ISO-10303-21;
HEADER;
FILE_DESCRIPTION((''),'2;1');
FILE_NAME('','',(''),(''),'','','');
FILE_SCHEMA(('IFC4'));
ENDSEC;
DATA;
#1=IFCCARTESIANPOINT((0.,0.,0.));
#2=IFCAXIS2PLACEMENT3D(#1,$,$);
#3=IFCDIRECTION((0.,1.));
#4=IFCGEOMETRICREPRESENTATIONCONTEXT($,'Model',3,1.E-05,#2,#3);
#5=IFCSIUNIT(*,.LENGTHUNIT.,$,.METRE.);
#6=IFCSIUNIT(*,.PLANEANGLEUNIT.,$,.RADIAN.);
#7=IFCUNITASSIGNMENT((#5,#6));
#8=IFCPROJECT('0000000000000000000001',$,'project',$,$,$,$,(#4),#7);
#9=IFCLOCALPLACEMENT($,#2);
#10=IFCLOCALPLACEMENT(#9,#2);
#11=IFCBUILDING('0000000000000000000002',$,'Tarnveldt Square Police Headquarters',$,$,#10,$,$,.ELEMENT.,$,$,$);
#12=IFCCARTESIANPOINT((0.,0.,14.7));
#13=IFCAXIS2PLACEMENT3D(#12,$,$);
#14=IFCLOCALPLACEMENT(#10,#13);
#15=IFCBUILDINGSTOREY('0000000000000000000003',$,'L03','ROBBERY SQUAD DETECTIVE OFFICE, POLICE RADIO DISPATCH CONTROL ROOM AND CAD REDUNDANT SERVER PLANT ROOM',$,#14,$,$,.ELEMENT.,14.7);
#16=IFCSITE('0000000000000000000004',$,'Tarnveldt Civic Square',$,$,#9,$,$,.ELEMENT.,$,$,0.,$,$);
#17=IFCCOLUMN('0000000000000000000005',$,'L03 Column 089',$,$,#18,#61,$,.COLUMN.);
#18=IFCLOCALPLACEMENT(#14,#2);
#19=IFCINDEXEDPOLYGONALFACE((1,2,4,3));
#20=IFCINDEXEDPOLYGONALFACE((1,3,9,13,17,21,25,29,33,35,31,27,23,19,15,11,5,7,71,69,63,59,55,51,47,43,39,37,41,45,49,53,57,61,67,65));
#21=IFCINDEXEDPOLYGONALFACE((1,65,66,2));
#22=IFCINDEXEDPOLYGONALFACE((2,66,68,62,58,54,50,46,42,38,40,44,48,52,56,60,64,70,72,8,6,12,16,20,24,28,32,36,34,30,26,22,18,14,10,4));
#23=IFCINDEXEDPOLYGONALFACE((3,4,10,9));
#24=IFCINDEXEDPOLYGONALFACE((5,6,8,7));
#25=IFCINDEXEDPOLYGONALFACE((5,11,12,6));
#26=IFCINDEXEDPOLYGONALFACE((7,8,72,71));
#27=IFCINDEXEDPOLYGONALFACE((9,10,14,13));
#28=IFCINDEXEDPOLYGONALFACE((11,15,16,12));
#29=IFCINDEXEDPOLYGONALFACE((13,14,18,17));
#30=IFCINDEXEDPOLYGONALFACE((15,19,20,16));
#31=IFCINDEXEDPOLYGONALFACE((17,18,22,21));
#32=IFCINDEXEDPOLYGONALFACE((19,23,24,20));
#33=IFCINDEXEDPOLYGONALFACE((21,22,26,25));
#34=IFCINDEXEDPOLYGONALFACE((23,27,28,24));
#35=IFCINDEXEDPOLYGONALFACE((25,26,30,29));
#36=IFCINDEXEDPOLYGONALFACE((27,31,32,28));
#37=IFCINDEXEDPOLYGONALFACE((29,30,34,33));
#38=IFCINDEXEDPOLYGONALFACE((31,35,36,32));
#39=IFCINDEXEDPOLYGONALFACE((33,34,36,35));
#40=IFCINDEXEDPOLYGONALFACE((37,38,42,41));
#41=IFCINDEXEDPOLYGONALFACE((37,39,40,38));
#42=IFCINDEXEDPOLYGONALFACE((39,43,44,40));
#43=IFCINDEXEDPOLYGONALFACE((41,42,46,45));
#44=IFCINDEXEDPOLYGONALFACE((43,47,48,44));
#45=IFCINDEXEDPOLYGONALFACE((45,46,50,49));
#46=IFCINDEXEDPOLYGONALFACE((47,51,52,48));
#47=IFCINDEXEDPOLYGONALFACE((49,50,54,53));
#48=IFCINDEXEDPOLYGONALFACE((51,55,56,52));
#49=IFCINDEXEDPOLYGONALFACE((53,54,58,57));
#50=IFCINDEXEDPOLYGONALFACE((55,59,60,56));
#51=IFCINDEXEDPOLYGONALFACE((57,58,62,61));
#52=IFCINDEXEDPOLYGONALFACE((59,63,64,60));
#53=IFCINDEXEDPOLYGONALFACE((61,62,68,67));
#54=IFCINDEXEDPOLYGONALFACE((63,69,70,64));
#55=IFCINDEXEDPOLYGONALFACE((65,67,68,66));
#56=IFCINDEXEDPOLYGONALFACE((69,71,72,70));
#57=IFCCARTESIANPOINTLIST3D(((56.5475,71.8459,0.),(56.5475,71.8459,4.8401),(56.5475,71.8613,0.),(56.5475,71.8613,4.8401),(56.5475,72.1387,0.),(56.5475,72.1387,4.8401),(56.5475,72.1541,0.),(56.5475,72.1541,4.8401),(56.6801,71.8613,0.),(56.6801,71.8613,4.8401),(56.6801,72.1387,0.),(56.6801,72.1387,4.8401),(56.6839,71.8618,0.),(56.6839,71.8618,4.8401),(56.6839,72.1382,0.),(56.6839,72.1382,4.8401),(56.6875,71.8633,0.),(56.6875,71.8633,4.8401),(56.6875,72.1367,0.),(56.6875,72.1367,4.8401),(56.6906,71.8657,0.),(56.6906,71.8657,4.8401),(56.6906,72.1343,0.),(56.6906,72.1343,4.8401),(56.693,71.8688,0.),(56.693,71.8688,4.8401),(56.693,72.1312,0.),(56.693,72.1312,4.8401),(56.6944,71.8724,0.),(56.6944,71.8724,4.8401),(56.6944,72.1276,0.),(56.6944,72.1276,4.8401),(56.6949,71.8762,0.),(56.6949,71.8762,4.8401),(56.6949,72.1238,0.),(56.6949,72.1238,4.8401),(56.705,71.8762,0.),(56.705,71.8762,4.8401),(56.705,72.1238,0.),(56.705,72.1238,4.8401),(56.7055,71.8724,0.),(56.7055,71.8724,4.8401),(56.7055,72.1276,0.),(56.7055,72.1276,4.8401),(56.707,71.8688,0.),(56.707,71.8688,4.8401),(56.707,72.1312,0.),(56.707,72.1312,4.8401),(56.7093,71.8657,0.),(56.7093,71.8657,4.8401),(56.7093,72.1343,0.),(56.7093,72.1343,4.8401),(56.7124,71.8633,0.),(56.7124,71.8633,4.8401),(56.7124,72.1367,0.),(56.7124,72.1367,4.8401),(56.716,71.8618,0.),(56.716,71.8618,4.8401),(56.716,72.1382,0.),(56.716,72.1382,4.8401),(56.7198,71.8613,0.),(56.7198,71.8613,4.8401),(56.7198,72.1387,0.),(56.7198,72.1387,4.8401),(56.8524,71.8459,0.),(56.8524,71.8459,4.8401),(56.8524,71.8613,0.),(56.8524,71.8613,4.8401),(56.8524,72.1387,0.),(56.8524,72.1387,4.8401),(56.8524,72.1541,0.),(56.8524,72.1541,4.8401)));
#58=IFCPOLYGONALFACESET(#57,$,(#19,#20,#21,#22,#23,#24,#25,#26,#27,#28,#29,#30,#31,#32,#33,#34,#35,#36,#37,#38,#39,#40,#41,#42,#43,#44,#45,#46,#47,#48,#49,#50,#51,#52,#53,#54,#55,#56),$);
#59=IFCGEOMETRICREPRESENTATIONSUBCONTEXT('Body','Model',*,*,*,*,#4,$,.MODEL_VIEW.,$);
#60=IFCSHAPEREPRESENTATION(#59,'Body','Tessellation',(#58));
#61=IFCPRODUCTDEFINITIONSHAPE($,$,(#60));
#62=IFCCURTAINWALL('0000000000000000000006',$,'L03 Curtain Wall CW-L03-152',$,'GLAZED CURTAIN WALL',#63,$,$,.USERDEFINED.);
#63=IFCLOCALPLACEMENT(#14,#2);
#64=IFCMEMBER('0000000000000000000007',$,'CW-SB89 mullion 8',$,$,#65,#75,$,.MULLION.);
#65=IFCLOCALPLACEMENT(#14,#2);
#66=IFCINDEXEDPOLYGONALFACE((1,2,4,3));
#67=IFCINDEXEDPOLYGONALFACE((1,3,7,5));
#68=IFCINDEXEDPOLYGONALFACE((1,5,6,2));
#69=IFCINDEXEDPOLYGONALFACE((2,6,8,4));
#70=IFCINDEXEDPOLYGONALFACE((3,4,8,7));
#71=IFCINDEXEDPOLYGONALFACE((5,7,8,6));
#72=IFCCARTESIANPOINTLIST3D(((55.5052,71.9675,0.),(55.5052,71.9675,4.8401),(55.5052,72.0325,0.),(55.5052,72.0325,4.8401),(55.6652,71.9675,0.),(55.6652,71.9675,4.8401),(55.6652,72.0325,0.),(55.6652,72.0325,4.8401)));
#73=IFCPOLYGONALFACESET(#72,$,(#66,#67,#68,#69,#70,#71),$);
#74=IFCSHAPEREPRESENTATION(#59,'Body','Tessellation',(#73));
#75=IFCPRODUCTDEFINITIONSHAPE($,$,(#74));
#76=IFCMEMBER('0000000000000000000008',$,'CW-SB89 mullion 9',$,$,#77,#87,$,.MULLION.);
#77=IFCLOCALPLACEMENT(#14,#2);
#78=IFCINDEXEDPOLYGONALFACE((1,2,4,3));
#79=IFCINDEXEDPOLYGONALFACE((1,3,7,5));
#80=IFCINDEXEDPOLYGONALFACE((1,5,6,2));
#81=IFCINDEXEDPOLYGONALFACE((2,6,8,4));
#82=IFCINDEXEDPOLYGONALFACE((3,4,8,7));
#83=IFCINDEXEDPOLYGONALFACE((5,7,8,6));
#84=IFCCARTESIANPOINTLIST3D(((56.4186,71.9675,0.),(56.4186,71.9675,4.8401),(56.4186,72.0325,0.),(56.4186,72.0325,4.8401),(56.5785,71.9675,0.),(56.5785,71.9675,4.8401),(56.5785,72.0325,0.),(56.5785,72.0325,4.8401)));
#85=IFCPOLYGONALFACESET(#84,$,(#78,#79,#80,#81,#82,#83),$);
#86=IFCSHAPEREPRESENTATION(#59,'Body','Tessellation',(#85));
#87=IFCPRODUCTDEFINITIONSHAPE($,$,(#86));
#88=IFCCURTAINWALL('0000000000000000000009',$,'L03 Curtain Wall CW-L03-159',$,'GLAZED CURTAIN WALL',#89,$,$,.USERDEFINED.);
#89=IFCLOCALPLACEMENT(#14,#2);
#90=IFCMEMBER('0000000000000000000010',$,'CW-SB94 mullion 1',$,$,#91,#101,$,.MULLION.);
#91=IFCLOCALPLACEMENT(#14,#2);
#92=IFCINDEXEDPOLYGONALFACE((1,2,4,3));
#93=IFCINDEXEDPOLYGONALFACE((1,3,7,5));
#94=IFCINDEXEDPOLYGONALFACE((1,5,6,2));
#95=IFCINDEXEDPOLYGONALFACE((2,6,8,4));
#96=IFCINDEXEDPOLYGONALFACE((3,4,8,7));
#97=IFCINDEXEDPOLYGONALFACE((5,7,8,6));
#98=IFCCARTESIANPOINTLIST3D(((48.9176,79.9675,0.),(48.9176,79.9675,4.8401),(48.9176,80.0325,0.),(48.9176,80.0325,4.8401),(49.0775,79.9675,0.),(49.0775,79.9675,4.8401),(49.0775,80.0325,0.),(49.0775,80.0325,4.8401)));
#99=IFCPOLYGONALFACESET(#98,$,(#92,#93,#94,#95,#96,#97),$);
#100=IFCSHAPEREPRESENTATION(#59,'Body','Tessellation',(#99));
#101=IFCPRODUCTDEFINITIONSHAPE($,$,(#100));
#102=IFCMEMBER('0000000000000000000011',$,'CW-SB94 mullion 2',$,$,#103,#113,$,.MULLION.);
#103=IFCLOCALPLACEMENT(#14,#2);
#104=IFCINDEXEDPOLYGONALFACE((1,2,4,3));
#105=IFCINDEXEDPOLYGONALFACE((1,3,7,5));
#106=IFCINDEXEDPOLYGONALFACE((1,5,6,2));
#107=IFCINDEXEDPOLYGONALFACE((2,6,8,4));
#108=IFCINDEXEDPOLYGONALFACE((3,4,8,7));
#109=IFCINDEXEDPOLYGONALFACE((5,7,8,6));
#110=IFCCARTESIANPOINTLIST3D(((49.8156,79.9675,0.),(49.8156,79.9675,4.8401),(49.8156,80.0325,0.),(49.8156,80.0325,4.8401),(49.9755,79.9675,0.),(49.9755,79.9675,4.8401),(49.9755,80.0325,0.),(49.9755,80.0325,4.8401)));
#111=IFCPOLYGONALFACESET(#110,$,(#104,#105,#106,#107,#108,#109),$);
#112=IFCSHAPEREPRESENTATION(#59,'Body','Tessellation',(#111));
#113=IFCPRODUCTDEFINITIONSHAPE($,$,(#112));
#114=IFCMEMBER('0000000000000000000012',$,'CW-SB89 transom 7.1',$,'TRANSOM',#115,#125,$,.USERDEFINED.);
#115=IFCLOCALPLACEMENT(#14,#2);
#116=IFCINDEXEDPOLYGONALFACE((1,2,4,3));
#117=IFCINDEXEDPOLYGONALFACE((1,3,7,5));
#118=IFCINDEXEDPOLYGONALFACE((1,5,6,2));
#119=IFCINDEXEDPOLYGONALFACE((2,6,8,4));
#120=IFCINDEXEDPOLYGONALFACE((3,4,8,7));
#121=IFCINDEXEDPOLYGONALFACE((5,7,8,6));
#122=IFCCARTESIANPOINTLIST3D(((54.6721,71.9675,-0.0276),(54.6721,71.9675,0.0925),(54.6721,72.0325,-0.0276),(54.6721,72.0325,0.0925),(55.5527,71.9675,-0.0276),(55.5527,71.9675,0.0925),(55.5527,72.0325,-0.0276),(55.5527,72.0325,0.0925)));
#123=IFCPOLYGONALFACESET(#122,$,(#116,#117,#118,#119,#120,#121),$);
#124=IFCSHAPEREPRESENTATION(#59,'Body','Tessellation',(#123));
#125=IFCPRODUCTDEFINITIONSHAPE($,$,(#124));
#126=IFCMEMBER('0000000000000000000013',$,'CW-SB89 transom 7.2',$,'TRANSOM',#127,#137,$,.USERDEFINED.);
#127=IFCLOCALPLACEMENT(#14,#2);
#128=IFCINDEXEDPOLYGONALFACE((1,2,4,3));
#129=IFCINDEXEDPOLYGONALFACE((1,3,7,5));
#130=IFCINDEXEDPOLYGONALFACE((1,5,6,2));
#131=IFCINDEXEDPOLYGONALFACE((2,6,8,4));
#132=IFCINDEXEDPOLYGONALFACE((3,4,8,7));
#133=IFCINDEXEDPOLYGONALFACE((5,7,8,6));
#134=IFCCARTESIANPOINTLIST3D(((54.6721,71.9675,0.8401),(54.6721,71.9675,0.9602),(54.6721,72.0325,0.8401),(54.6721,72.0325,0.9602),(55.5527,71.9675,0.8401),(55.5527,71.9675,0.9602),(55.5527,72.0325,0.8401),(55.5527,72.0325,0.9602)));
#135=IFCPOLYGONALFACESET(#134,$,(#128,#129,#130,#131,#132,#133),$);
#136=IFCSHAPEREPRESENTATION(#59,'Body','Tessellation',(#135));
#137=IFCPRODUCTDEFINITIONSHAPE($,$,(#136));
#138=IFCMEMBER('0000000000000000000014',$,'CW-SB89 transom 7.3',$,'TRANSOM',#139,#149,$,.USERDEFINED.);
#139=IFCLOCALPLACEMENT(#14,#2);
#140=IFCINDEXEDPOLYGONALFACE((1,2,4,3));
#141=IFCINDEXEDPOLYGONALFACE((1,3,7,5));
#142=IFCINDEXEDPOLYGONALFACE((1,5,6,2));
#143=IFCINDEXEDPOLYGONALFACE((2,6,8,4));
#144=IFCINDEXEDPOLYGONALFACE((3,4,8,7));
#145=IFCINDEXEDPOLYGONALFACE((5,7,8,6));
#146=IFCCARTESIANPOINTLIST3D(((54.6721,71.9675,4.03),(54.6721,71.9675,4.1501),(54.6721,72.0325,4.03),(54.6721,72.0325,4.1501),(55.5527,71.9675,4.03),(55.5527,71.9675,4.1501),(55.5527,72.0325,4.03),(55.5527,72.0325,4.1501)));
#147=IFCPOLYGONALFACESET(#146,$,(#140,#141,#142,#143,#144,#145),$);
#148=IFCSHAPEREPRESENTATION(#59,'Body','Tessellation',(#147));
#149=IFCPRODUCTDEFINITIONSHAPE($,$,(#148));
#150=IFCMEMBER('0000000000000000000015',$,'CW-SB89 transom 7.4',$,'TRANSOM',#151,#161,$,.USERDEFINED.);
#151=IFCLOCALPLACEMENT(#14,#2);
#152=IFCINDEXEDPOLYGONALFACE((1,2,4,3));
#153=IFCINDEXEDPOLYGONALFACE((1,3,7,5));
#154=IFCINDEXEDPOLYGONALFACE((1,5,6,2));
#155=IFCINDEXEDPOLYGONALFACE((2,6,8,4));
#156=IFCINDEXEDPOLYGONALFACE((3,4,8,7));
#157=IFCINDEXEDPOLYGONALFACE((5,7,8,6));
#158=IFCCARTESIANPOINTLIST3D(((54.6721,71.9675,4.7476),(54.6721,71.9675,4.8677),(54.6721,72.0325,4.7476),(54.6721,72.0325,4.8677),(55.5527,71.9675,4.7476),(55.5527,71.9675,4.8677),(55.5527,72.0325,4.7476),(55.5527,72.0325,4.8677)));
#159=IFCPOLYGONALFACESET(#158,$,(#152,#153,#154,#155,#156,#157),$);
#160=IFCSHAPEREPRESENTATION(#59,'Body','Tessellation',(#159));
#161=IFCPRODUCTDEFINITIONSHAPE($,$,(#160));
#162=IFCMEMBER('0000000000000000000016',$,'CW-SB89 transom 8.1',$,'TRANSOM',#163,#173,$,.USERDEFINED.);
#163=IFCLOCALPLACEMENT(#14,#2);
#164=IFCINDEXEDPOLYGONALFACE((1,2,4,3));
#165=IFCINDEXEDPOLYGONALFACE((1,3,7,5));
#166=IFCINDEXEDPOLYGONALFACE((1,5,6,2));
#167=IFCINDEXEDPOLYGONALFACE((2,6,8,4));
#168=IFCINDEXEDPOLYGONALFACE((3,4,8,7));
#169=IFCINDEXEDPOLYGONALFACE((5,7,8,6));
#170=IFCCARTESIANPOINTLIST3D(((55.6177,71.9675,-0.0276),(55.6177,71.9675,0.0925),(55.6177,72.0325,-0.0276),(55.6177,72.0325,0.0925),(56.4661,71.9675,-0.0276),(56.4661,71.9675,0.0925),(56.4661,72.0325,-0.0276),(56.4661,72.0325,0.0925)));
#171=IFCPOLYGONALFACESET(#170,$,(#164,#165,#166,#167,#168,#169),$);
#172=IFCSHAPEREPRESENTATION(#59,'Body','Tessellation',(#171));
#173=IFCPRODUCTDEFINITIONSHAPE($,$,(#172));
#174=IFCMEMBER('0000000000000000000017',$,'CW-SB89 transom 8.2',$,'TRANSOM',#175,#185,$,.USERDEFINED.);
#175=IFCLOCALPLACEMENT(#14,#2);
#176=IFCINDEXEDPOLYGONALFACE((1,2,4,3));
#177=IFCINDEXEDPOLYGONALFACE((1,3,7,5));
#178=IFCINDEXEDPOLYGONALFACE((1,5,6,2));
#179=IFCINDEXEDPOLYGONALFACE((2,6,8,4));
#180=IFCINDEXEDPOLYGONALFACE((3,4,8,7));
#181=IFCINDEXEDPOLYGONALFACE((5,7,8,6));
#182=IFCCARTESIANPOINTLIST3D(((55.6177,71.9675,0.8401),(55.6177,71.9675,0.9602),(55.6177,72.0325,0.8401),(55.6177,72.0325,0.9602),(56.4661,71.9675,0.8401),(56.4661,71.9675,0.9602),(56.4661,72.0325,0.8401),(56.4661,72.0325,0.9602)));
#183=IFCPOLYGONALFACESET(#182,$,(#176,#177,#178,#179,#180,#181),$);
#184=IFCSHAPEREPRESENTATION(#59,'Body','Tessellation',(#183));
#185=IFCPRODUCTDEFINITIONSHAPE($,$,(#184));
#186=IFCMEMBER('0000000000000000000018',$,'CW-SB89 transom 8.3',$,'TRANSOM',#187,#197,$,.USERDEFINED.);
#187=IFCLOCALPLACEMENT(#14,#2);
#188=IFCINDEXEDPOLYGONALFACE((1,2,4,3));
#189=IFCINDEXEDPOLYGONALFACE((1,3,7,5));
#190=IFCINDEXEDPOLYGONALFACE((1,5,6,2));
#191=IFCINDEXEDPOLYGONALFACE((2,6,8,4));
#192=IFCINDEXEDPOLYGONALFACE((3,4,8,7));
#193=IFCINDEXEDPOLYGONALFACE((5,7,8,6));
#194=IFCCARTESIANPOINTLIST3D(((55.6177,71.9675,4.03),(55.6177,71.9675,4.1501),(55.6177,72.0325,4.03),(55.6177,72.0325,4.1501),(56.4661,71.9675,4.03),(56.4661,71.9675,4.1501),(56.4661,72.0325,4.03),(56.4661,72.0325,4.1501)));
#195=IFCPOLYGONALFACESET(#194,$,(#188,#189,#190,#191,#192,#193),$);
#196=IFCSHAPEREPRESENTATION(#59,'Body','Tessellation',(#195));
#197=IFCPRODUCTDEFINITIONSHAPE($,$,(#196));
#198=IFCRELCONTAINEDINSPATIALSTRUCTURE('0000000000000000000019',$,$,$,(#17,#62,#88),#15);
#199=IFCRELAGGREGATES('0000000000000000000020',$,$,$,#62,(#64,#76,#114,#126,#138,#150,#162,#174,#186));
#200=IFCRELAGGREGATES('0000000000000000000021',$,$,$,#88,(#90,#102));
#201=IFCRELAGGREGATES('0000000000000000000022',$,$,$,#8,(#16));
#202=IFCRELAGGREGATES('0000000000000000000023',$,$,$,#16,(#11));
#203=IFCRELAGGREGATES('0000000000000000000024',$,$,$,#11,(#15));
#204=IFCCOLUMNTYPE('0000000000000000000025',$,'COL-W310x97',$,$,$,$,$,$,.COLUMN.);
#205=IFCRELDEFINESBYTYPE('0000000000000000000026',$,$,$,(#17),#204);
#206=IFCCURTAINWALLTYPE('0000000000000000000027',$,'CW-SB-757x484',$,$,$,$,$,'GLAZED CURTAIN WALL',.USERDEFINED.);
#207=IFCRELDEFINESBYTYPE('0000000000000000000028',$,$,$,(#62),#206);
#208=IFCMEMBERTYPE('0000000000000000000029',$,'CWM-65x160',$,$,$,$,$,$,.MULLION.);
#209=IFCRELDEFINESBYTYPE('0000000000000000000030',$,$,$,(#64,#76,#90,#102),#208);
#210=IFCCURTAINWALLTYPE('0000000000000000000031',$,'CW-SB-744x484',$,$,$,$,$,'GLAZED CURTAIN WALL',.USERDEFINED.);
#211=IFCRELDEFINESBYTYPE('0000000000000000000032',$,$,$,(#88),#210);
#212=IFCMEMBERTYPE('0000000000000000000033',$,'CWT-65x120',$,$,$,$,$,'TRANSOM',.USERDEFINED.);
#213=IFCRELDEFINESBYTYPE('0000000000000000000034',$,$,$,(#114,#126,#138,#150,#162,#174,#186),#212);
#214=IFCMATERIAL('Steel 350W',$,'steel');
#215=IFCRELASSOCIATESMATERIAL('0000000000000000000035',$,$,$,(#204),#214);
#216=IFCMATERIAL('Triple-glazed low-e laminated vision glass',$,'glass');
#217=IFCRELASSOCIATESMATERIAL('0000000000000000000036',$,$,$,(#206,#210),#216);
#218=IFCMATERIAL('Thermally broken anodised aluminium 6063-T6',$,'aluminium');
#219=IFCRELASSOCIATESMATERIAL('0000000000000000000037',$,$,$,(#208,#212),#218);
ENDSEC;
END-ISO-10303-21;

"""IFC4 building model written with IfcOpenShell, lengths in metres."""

from ifc_helpers import new_model, si_unit, direction, frame, origin, origin_2d, place, context, subcontext, project, spatial, rectangle, i_section, extrude, material, material_profile, profile_set, type_object, element, aggregate, save


model = new_model("IFC4")

# Units and contexts
model_context = context("Model", 3, precision=1e-05, world=origin(), true_north=direction((0.0, 1.0)))
body_context = subcontext(model_context, "Body", "Model", "MODEL_VIEW")
ifc_project = project(units=[si_unit("LENGTHUNIT", "METRE"), si_unit("PLANEANGLEUNIT", "RADIAN")], contexts=[model_context])

# Site, building, storey
site_placement = place(None, origin())
site = spatial("IfcSite", under=ifc_project, at=site_placement, Name="Tarnveldt Civic Square", CompositionType="ELEMENT", RefElevation=0.0)
building_placement = place(site_placement, origin())
building = spatial("IfcBuilding", under=site, at=building_placement, Name="Tarnveldt Square Police Headquarters", CompositionType="ELEMENT")
storey_placement = place(building_placement, frame((0.0, 0.0, 14.7)))
storey = spatial("IfcBuildingStorey", under=building, at=storey_placement, Name="L03", Description="ROBBERY SQUAD DETECTIVE OFFICE, POLICE RADIO DISPATCH CONTROL ROOM AND CAD REDUNDANT SERVER PLANT ROOM", CompositionType="ELEMENT", Elevation=14.7)

# Column
ifc_material_1 = material(Name="Steel 350W", Category="steel")
ifc_material_profile_1 = material_profile(ifc_material_1, i_section(OverallWidth=0.3049, OverallDepth=0.3081, WebThickness=0.01, FlangeThickness=0.0154, FilletRadius=0.0149, at=origin_2d()), Name="W310x97")
ifc_profile_set_1 = profile_set([ifc_material_profile_1], Name="Steel 350W")
column_type = type_object("IfcColumnType", Name="COL-W310x97", PredefinedType="COLUMN", material=ifc_profile_set_1)
column_placement = place(storey_placement, frame((56.7, 72.0, 0.0), z_axis=(0.0, 0.0, 1.0), x_axis=(1.0, 0.0, 0.0)))
element("IfcColumn", 1, at=column_placement, inside=storey, type_object=column_type, Name="L03 Column 089", PredefinedType="COLUMN", context=body_context, shape_type="SweptSolid", body=[
    extrude(i_section(OverallWidth=0.3049, OverallDepth=0.3081, WebThickness=0.01, FlangeThickness=0.0154, FilletRadius=0.0149, at=origin_2d()), origin(), (0.0, 0.0, 1.0), 4.8401),
])

# Curtain walls, members
ifc_material_2 = material(Name="Triple-glazed low-e laminated vision glass", Category="glass")
curtain_wall_type_1 = type_object("IfcCurtainWallType", Name="CW-SB-757x484", ElementType="GLAZED CURTAIN WALL", PredefinedType="USERDEFINED", material=ifc_material_2)
curtain_wall_1_placement = place(storey_placement, origin())
curtain_wall_1 = element("IfcCurtainWall", 2, at=curtain_wall_1_placement, inside=storey, type_object=curtain_wall_type_1, Name="L03 Curtain Wall CW-L03-152", ObjectType="GLAZED CURTAIN WALL", PredefinedType="USERDEFINED")
ifc_material_3 = material(Name="Thermally broken anodised aluminium 6063-T6", Category="aluminium")
ifc_material_profile_2 = material_profile(ifc_material_3, rectangle(XDim=0.0649, YDim=0.1599, at=origin_2d()), Name="CW-M65x160")
ifc_profile_set_2 = profile_set([ifc_material_profile_2], Name="Thermally broken anodised aluminium 6063-T6")
member_type_1 = type_object("IfcMemberType", Name="CWM-65x160", PredefinedType="MULLION", material=ifc_profile_set_2)
member_1_placement = place(storey_placement, frame((55.5852, 72.0, 0.0), z_axis=(0.0, 0.0, 1.0), x_axis=(0.0, 1.0, 0.0)))
member_1 = element("IfcMember", 3, at=member_1_placement, type_object=member_type_1, Name="CW-SB89 mullion 8", PredefinedType="MULLION", context=body_context, shape_type="SweptSolid", body=[
    extrude(rectangle(XDim=0.0649, YDim=0.1599, at=origin_2d()), origin(), (0.0, 0.0, 1.0), 4.8401),
])
member_2_placement = place(storey_placement, frame((56.4985, 72.0, 0.0), z_axis=(0.0, 0.0, 1.0), x_axis=(0.0, 1.0, 0.0)))
member_2 = element("IfcMember", 4, at=member_2_placement, type_object=member_type_1, Name="CW-SB89 mullion 9", PredefinedType="MULLION", context=body_context, shape_type="SweptSolid", body=[
    extrude(rectangle(XDim=0.0649, YDim=0.1599, at=origin_2d()), origin(), (0.0, 0.0, 1.0), 4.8401),
])
curtain_wall_type_2 = type_object("IfcCurtainWallType", Name="CW-SB-744x484", ElementType="GLAZED CURTAIN WALL", PredefinedType="USERDEFINED", material=ifc_material_2)
curtain_wall_2_placement = place(storey_placement, origin())
curtain_wall_2 = element("IfcCurtainWall", 5, at=curtain_wall_2_placement, inside=storey, type_object=curtain_wall_type_2, Name="L03 Curtain Wall CW-L03-159", ObjectType="GLAZED CURTAIN WALL", PredefinedType="USERDEFINED")
member_3_placement = place(storey_placement, frame((48.9976, 80.0, 0.0), z_axis=(0.0, 0.0, 1.0), x_axis=(0.0, 1.0, 0.0)))
member_3 = element("IfcMember", 6, at=member_3_placement, type_object=member_type_1, Name="CW-SB94 mullion 1", PredefinedType="MULLION", context=body_context, shape_type="SweptSolid", body=[
    extrude(rectangle(XDim=0.0649, YDim=0.1599, at=origin_2d()), origin(), (0.0, 0.0, 1.0), 4.8401),
])
member_4_placement = place(storey_placement, frame((49.8955, 80.0, 0.0), z_axis=(0.0, 0.0, 1.0), x_axis=(0.0, 1.0, 0.0)))
member_4 = element("IfcMember", 7, at=member_4_placement, type_object=member_type_1, Name="CW-SB94 mullion 2", PredefinedType="MULLION", context=body_context, shape_type="SweptSolid", body=[
    extrude(rectangle(XDim=0.0649, YDim=0.1599, at=origin_2d()), origin(), (0.0, 0.0, 1.0), 4.8401),
])

# Members
ifc_material_profile_3 = material_profile(ifc_material_3, rectangle(XDim=0.0649, YDim=0.1201, at=origin_2d()), Name="CW-T65x120")
ifc_profile_set_3 = profile_set([ifc_material_profile_3], Name="Thermally broken anodised aluminium 6063-T6")
member_type_2 = type_object("IfcMemberType", Name="CWT-65x120", ElementType="TRANSOM", PredefinedType="USERDEFINED", material=ifc_profile_set_3)
member_5_placement = place(storey_placement, frame((54.6721, 72.0, 0.0325), z_axis=(1.0, 0.0, 0.0), x_axis=(0.0, 1.0, 0.0)))
member_5 = element("IfcMember", 8, at=member_5_placement, type_object=member_type_2, Name="CW-SB89 transom 7.1", ObjectType="TRANSOM", PredefinedType="USERDEFINED", context=body_context, shape_type="SweptSolid", body=[
    extrude(rectangle(XDim=0.0649, YDim=0.1201, at=origin_2d()), origin(), (0.0, 0.0, 1.0), 0.8806),
])
member_6_placement = place(storey_placement, frame((54.6721, 72.0, 0.9001), z_axis=(1.0, 0.0, 0.0), x_axis=(0.0, 1.0, 0.0)))
member_6 = element("IfcMember", 9, at=member_6_placement, type_object=member_type_2, Name="CW-SB89 transom 7.2", ObjectType="TRANSOM", PredefinedType="USERDEFINED", context=body_context, shape_type="SweptSolid", body=[
    extrude(rectangle(XDim=0.0649, YDim=0.1201, at=origin_2d()), origin(), (0.0, 0.0, 1.0), 0.8806),
])
member_7_placement = place(storey_placement, frame((54.6721, 72.0, 4.0901), z_axis=(1.0, 0.0, 0.0), x_axis=(0.0, 1.0, 0.0)))
member_7 = element("IfcMember", 10, at=member_7_placement, type_object=member_type_2, Name="CW-SB89 transom 7.3", ObjectType="TRANSOM", PredefinedType="USERDEFINED", context=body_context, shape_type="SweptSolid", body=[
    extrude(rectangle(XDim=0.0649, YDim=0.1201, at=origin_2d()), origin(), (0.0, 0.0, 1.0), 0.8806),
])
member_8_placement = place(storey_placement, frame((54.6721, 72.0, 4.8076), z_axis=(1.0, 0.0, 0.0), x_axis=(0.0, 1.0, 0.0)))
member_8 = element("IfcMember", 11, at=member_8_placement, type_object=member_type_2, Name="CW-SB89 transom 7.4", ObjectType="TRANSOM", PredefinedType="USERDEFINED", context=body_context, shape_type="SweptSolid", body=[
    extrude(rectangle(XDim=0.0649, YDim=0.1201, at=origin_2d()), origin(), (0.0, 0.0, 1.0), 0.8806),
])
member_9_placement = place(storey_placement, frame((55.6177, 72.0, 0.0325), z_axis=(1.0, 0.0, 0.0), x_axis=(0.0, 1.0, 0.0)))
member_9 = element("IfcMember", 12, at=member_9_placement, type_object=member_type_2, Name="CW-SB89 transom 8.1", ObjectType="TRANSOM", PredefinedType="USERDEFINED", context=body_context, shape_type="SweptSolid", body=[
    extrude(rectangle(XDim=0.0649, YDim=0.1201, at=origin_2d()), origin(), (0.0, 0.0, 1.0), 0.8484),
])
member_10_placement = place(storey_placement, frame((55.6177, 72.0, 0.9001), z_axis=(1.0, 0.0, 0.0), x_axis=(0.0, 1.0, 0.0)))
member_10 = element("IfcMember", 13, at=member_10_placement, type_object=member_type_2, Name="CW-SB89 transom 8.2", ObjectType="TRANSOM", PredefinedType="USERDEFINED", context=body_context, shape_type="SweptSolid", body=[
    extrude(rectangle(XDim=0.0649, YDim=0.1201, at=origin_2d()), origin(), (0.0, 0.0, 1.0), 0.8484),
])
member_11_placement = place(storey_placement, frame((55.6177, 72.0, 4.0901), z_axis=(1.0, 0.0, 0.0), x_axis=(0.0, 1.0, 0.0)))
member_11 = element("IfcMember", 14, at=member_11_placement, type_object=member_type_2, Name="CW-SB89 transom 8.3", ObjectType="TRANSOM", PredefinedType="USERDEFINED", context=body_context, shape_type="SweptSolid", body=[
    extrude(rectangle(XDim=0.0649, YDim=0.1201, at=origin_2d()), origin(), (0.0, 0.0, 1.0), 0.8484),
])

aggregate(curtain_wall_1, [member_1, member_2, member_5, member_6, member_7, member_8, member_9, member_10, member_11])
aggregate(curtain_wall_2, [member_3, member_4])

save(model, "model.ifc")
